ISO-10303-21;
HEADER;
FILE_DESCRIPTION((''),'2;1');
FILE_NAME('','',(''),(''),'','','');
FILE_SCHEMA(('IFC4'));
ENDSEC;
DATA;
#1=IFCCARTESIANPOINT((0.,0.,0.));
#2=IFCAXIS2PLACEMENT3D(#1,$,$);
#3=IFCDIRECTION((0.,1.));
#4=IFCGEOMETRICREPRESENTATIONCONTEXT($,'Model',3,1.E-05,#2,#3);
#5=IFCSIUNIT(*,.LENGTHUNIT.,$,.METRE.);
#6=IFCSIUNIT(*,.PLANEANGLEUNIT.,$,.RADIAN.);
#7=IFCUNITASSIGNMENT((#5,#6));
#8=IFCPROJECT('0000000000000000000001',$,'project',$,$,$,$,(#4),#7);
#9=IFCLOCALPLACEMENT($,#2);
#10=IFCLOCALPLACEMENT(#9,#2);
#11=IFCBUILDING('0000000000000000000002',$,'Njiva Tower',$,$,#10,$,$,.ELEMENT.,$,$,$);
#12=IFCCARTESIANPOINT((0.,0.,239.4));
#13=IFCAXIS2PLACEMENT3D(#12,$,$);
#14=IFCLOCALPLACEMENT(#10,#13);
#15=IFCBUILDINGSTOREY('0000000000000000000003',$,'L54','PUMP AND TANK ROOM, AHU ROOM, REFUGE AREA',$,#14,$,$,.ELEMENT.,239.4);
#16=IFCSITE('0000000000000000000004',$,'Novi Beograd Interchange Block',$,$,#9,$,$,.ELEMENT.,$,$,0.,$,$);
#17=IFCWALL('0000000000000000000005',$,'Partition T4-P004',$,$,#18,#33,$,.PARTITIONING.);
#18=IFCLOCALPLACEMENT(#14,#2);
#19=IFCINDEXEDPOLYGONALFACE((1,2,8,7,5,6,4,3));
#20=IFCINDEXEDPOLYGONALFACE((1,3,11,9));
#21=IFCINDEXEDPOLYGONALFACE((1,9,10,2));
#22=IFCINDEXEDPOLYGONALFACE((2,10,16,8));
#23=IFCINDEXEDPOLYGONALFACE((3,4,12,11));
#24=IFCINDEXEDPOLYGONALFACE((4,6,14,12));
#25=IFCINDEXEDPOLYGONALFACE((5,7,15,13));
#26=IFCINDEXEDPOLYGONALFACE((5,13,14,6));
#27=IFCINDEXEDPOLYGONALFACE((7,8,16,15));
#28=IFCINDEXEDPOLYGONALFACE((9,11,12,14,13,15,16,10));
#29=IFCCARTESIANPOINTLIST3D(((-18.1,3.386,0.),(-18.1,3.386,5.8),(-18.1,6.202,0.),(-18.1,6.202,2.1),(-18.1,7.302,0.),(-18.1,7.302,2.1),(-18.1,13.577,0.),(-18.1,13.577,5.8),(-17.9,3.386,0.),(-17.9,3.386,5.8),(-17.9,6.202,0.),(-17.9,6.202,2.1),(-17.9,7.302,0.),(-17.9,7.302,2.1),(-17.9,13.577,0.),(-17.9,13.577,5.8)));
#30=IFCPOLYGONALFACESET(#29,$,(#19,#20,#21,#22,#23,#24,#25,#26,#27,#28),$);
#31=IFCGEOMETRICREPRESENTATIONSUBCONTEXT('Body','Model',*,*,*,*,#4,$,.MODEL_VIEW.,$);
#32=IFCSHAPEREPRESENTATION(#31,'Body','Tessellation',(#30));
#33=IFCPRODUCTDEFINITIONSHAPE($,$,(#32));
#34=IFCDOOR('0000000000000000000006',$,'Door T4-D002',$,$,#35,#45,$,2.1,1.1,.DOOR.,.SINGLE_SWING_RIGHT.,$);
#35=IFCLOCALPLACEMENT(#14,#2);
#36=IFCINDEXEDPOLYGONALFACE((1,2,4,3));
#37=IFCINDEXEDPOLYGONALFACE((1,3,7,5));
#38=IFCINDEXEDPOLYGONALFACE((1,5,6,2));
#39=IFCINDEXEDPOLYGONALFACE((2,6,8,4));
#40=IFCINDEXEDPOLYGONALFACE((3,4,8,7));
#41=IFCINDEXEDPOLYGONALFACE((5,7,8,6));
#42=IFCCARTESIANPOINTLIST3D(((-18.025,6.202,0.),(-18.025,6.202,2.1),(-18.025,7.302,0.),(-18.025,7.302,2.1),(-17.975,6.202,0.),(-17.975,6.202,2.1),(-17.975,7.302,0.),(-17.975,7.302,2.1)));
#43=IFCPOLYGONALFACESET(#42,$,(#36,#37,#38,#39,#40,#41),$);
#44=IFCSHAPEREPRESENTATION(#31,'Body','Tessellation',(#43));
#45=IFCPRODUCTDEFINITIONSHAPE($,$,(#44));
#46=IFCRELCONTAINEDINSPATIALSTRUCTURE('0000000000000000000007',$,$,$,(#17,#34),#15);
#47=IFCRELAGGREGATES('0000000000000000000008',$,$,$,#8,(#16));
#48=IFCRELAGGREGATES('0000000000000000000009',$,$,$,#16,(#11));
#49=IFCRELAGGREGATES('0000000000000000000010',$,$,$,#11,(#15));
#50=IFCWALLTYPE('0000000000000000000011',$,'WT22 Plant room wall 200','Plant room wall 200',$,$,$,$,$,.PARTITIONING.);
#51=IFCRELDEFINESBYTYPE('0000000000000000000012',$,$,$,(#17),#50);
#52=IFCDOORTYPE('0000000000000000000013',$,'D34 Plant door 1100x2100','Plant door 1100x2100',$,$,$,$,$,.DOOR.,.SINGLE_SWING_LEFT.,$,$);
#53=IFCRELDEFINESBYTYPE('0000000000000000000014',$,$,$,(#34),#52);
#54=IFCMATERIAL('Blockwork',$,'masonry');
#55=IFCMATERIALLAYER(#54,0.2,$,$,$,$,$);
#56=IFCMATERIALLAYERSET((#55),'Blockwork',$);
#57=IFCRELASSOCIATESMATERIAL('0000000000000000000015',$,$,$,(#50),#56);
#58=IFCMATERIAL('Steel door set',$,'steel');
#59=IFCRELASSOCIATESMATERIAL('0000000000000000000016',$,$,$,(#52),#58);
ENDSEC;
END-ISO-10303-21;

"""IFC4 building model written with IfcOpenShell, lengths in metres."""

from ifc_helpers import new_model, si_unit, direction, frame, frame_2d, origin, place, context, subcontext, project, spatial, rectangle, extrude, material, layer, layer_set, type_object, element, fill, save


model = new_model("IFC4")

# Units and contexts
model_context = context("Model", 3, precision=1e-05, world=origin(), true_north=direction((0.0, 1.0)))
body_context = subcontext(model_context, "Body", "Model", "MODEL_VIEW")
ifc_project = project(units=[si_unit("LENGTHUNIT", "METRE"), si_unit("PLANEANGLEUNIT", "RADIAN")], contexts=[model_context])

# Site, building, storey
site_placement = place(None, origin())
site = spatial("IfcSite", under=ifc_project, at=site_placement, Name="Novi Beograd Interchange Block", CompositionType="ELEMENT", RefElevation=0.0)
building_placement = place(site_placement, origin())
building = spatial("IfcBuilding", under=site, at=building_placement, Name="Njiva Tower", CompositionType="ELEMENT")
storey_placement = place(building_placement, frame((0.0, 0.0, 239.4)))
storey = spatial("IfcBuildingStorey", under=building, at=storey_placement, Name="L54", Description="PUMP AND TANK ROOM, AHU ROOM, REFUGE AREA", CompositionType="ELEMENT", Elevation=239.4)

# Shared definitions
ifc_material_1 = material(Name="Blockwork", Category="masonry")
ifc_layer_1 = layer(ifc_material_1, 0.2)
ifc_layer_set_1 = layer_set([ifc_layer_1], Name="Blockwork")
wall_type_1 = type_object("IfcWallType", Name="WT22 Plant room wall 200", Description="Plant room wall 200", PredefinedType="PARTITIONING", material=ifc_layer_set_1)

# Wall, opening, door
ifc_material_2 = material(Name="Steel door set", Category="steel")
door_type = type_object("IfcDoorType", Name="D34 Plant door 1100x2100", Description="Plant door 1100x2100", OperationType="SINGLE_SWING_LEFT", PredefinedType="DOOR", material=ifc_material_2)
wall_1_placement = place(storey_placement, frame((-18.0, 3.386, 0.0), z_axis=(0.0, 0.0, 1.0), x_axis=(0.0, 1.0, 0.0)))
wall_1 = element("IfcWall", 1, at=wall_1_placement, inside=storey, type_object=wall_type_1, Name="Partition T4-P004", PredefinedType="PARTITIONING", context=body_context, shape_type="SweptSolid", body=[
    extrude(rectangle(XDim=10.191, YDim=0.2, at=frame_2d((5.0955, 0.0))), origin(), (0.0, 0.0, 1.0), 5.8),
])
opening_1_placement = place(wall_1_placement, frame((2.816, 0.0, 0.0)))
opening_1 = element("IfcOpeningElement", 2, at=opening_1_placement, cuts=wall_1, PredefinedType="OPENING", context=body_context, shape_type="SweptSolid", body=[
    extrude(rectangle(XDim=1.1, YDim=2.1, at=frame_2d((0.55, 1.05))), frame((0.0, 0.11, 0.0), z_axis=(0.0, -1.0, 0.0), x_axis=(1.0, 0.0, 0.0)), (0.0, 0.0, 1.0), 0.22),
])
door_1_placement = place(opening_1_placement, origin())
door_1 = element("IfcDoor", 3, at=door_1_placement, inside=storey, type_object=door_type, Name="Door T4-D002", OperationType="SINGLE_SWING_RIGHT", OverallHeight=2.1, OverallWidth=1.1, PredefinedType="DOOR", context=body_context, shape_type="SweptSolid", body=[
    extrude(rectangle(XDim=1.1, YDim=2.1, at=frame_2d((0.55, 1.05))), frame((0.0, 0.025, 0.0), z_axis=(0.0, -1.0, 0.0), x_axis=(1.0, 0.0, 0.0)), (0.0, 0.0, 1.0), 0.05),
])
fill(opening_1, door_1)

save(model, "model.ifc")
